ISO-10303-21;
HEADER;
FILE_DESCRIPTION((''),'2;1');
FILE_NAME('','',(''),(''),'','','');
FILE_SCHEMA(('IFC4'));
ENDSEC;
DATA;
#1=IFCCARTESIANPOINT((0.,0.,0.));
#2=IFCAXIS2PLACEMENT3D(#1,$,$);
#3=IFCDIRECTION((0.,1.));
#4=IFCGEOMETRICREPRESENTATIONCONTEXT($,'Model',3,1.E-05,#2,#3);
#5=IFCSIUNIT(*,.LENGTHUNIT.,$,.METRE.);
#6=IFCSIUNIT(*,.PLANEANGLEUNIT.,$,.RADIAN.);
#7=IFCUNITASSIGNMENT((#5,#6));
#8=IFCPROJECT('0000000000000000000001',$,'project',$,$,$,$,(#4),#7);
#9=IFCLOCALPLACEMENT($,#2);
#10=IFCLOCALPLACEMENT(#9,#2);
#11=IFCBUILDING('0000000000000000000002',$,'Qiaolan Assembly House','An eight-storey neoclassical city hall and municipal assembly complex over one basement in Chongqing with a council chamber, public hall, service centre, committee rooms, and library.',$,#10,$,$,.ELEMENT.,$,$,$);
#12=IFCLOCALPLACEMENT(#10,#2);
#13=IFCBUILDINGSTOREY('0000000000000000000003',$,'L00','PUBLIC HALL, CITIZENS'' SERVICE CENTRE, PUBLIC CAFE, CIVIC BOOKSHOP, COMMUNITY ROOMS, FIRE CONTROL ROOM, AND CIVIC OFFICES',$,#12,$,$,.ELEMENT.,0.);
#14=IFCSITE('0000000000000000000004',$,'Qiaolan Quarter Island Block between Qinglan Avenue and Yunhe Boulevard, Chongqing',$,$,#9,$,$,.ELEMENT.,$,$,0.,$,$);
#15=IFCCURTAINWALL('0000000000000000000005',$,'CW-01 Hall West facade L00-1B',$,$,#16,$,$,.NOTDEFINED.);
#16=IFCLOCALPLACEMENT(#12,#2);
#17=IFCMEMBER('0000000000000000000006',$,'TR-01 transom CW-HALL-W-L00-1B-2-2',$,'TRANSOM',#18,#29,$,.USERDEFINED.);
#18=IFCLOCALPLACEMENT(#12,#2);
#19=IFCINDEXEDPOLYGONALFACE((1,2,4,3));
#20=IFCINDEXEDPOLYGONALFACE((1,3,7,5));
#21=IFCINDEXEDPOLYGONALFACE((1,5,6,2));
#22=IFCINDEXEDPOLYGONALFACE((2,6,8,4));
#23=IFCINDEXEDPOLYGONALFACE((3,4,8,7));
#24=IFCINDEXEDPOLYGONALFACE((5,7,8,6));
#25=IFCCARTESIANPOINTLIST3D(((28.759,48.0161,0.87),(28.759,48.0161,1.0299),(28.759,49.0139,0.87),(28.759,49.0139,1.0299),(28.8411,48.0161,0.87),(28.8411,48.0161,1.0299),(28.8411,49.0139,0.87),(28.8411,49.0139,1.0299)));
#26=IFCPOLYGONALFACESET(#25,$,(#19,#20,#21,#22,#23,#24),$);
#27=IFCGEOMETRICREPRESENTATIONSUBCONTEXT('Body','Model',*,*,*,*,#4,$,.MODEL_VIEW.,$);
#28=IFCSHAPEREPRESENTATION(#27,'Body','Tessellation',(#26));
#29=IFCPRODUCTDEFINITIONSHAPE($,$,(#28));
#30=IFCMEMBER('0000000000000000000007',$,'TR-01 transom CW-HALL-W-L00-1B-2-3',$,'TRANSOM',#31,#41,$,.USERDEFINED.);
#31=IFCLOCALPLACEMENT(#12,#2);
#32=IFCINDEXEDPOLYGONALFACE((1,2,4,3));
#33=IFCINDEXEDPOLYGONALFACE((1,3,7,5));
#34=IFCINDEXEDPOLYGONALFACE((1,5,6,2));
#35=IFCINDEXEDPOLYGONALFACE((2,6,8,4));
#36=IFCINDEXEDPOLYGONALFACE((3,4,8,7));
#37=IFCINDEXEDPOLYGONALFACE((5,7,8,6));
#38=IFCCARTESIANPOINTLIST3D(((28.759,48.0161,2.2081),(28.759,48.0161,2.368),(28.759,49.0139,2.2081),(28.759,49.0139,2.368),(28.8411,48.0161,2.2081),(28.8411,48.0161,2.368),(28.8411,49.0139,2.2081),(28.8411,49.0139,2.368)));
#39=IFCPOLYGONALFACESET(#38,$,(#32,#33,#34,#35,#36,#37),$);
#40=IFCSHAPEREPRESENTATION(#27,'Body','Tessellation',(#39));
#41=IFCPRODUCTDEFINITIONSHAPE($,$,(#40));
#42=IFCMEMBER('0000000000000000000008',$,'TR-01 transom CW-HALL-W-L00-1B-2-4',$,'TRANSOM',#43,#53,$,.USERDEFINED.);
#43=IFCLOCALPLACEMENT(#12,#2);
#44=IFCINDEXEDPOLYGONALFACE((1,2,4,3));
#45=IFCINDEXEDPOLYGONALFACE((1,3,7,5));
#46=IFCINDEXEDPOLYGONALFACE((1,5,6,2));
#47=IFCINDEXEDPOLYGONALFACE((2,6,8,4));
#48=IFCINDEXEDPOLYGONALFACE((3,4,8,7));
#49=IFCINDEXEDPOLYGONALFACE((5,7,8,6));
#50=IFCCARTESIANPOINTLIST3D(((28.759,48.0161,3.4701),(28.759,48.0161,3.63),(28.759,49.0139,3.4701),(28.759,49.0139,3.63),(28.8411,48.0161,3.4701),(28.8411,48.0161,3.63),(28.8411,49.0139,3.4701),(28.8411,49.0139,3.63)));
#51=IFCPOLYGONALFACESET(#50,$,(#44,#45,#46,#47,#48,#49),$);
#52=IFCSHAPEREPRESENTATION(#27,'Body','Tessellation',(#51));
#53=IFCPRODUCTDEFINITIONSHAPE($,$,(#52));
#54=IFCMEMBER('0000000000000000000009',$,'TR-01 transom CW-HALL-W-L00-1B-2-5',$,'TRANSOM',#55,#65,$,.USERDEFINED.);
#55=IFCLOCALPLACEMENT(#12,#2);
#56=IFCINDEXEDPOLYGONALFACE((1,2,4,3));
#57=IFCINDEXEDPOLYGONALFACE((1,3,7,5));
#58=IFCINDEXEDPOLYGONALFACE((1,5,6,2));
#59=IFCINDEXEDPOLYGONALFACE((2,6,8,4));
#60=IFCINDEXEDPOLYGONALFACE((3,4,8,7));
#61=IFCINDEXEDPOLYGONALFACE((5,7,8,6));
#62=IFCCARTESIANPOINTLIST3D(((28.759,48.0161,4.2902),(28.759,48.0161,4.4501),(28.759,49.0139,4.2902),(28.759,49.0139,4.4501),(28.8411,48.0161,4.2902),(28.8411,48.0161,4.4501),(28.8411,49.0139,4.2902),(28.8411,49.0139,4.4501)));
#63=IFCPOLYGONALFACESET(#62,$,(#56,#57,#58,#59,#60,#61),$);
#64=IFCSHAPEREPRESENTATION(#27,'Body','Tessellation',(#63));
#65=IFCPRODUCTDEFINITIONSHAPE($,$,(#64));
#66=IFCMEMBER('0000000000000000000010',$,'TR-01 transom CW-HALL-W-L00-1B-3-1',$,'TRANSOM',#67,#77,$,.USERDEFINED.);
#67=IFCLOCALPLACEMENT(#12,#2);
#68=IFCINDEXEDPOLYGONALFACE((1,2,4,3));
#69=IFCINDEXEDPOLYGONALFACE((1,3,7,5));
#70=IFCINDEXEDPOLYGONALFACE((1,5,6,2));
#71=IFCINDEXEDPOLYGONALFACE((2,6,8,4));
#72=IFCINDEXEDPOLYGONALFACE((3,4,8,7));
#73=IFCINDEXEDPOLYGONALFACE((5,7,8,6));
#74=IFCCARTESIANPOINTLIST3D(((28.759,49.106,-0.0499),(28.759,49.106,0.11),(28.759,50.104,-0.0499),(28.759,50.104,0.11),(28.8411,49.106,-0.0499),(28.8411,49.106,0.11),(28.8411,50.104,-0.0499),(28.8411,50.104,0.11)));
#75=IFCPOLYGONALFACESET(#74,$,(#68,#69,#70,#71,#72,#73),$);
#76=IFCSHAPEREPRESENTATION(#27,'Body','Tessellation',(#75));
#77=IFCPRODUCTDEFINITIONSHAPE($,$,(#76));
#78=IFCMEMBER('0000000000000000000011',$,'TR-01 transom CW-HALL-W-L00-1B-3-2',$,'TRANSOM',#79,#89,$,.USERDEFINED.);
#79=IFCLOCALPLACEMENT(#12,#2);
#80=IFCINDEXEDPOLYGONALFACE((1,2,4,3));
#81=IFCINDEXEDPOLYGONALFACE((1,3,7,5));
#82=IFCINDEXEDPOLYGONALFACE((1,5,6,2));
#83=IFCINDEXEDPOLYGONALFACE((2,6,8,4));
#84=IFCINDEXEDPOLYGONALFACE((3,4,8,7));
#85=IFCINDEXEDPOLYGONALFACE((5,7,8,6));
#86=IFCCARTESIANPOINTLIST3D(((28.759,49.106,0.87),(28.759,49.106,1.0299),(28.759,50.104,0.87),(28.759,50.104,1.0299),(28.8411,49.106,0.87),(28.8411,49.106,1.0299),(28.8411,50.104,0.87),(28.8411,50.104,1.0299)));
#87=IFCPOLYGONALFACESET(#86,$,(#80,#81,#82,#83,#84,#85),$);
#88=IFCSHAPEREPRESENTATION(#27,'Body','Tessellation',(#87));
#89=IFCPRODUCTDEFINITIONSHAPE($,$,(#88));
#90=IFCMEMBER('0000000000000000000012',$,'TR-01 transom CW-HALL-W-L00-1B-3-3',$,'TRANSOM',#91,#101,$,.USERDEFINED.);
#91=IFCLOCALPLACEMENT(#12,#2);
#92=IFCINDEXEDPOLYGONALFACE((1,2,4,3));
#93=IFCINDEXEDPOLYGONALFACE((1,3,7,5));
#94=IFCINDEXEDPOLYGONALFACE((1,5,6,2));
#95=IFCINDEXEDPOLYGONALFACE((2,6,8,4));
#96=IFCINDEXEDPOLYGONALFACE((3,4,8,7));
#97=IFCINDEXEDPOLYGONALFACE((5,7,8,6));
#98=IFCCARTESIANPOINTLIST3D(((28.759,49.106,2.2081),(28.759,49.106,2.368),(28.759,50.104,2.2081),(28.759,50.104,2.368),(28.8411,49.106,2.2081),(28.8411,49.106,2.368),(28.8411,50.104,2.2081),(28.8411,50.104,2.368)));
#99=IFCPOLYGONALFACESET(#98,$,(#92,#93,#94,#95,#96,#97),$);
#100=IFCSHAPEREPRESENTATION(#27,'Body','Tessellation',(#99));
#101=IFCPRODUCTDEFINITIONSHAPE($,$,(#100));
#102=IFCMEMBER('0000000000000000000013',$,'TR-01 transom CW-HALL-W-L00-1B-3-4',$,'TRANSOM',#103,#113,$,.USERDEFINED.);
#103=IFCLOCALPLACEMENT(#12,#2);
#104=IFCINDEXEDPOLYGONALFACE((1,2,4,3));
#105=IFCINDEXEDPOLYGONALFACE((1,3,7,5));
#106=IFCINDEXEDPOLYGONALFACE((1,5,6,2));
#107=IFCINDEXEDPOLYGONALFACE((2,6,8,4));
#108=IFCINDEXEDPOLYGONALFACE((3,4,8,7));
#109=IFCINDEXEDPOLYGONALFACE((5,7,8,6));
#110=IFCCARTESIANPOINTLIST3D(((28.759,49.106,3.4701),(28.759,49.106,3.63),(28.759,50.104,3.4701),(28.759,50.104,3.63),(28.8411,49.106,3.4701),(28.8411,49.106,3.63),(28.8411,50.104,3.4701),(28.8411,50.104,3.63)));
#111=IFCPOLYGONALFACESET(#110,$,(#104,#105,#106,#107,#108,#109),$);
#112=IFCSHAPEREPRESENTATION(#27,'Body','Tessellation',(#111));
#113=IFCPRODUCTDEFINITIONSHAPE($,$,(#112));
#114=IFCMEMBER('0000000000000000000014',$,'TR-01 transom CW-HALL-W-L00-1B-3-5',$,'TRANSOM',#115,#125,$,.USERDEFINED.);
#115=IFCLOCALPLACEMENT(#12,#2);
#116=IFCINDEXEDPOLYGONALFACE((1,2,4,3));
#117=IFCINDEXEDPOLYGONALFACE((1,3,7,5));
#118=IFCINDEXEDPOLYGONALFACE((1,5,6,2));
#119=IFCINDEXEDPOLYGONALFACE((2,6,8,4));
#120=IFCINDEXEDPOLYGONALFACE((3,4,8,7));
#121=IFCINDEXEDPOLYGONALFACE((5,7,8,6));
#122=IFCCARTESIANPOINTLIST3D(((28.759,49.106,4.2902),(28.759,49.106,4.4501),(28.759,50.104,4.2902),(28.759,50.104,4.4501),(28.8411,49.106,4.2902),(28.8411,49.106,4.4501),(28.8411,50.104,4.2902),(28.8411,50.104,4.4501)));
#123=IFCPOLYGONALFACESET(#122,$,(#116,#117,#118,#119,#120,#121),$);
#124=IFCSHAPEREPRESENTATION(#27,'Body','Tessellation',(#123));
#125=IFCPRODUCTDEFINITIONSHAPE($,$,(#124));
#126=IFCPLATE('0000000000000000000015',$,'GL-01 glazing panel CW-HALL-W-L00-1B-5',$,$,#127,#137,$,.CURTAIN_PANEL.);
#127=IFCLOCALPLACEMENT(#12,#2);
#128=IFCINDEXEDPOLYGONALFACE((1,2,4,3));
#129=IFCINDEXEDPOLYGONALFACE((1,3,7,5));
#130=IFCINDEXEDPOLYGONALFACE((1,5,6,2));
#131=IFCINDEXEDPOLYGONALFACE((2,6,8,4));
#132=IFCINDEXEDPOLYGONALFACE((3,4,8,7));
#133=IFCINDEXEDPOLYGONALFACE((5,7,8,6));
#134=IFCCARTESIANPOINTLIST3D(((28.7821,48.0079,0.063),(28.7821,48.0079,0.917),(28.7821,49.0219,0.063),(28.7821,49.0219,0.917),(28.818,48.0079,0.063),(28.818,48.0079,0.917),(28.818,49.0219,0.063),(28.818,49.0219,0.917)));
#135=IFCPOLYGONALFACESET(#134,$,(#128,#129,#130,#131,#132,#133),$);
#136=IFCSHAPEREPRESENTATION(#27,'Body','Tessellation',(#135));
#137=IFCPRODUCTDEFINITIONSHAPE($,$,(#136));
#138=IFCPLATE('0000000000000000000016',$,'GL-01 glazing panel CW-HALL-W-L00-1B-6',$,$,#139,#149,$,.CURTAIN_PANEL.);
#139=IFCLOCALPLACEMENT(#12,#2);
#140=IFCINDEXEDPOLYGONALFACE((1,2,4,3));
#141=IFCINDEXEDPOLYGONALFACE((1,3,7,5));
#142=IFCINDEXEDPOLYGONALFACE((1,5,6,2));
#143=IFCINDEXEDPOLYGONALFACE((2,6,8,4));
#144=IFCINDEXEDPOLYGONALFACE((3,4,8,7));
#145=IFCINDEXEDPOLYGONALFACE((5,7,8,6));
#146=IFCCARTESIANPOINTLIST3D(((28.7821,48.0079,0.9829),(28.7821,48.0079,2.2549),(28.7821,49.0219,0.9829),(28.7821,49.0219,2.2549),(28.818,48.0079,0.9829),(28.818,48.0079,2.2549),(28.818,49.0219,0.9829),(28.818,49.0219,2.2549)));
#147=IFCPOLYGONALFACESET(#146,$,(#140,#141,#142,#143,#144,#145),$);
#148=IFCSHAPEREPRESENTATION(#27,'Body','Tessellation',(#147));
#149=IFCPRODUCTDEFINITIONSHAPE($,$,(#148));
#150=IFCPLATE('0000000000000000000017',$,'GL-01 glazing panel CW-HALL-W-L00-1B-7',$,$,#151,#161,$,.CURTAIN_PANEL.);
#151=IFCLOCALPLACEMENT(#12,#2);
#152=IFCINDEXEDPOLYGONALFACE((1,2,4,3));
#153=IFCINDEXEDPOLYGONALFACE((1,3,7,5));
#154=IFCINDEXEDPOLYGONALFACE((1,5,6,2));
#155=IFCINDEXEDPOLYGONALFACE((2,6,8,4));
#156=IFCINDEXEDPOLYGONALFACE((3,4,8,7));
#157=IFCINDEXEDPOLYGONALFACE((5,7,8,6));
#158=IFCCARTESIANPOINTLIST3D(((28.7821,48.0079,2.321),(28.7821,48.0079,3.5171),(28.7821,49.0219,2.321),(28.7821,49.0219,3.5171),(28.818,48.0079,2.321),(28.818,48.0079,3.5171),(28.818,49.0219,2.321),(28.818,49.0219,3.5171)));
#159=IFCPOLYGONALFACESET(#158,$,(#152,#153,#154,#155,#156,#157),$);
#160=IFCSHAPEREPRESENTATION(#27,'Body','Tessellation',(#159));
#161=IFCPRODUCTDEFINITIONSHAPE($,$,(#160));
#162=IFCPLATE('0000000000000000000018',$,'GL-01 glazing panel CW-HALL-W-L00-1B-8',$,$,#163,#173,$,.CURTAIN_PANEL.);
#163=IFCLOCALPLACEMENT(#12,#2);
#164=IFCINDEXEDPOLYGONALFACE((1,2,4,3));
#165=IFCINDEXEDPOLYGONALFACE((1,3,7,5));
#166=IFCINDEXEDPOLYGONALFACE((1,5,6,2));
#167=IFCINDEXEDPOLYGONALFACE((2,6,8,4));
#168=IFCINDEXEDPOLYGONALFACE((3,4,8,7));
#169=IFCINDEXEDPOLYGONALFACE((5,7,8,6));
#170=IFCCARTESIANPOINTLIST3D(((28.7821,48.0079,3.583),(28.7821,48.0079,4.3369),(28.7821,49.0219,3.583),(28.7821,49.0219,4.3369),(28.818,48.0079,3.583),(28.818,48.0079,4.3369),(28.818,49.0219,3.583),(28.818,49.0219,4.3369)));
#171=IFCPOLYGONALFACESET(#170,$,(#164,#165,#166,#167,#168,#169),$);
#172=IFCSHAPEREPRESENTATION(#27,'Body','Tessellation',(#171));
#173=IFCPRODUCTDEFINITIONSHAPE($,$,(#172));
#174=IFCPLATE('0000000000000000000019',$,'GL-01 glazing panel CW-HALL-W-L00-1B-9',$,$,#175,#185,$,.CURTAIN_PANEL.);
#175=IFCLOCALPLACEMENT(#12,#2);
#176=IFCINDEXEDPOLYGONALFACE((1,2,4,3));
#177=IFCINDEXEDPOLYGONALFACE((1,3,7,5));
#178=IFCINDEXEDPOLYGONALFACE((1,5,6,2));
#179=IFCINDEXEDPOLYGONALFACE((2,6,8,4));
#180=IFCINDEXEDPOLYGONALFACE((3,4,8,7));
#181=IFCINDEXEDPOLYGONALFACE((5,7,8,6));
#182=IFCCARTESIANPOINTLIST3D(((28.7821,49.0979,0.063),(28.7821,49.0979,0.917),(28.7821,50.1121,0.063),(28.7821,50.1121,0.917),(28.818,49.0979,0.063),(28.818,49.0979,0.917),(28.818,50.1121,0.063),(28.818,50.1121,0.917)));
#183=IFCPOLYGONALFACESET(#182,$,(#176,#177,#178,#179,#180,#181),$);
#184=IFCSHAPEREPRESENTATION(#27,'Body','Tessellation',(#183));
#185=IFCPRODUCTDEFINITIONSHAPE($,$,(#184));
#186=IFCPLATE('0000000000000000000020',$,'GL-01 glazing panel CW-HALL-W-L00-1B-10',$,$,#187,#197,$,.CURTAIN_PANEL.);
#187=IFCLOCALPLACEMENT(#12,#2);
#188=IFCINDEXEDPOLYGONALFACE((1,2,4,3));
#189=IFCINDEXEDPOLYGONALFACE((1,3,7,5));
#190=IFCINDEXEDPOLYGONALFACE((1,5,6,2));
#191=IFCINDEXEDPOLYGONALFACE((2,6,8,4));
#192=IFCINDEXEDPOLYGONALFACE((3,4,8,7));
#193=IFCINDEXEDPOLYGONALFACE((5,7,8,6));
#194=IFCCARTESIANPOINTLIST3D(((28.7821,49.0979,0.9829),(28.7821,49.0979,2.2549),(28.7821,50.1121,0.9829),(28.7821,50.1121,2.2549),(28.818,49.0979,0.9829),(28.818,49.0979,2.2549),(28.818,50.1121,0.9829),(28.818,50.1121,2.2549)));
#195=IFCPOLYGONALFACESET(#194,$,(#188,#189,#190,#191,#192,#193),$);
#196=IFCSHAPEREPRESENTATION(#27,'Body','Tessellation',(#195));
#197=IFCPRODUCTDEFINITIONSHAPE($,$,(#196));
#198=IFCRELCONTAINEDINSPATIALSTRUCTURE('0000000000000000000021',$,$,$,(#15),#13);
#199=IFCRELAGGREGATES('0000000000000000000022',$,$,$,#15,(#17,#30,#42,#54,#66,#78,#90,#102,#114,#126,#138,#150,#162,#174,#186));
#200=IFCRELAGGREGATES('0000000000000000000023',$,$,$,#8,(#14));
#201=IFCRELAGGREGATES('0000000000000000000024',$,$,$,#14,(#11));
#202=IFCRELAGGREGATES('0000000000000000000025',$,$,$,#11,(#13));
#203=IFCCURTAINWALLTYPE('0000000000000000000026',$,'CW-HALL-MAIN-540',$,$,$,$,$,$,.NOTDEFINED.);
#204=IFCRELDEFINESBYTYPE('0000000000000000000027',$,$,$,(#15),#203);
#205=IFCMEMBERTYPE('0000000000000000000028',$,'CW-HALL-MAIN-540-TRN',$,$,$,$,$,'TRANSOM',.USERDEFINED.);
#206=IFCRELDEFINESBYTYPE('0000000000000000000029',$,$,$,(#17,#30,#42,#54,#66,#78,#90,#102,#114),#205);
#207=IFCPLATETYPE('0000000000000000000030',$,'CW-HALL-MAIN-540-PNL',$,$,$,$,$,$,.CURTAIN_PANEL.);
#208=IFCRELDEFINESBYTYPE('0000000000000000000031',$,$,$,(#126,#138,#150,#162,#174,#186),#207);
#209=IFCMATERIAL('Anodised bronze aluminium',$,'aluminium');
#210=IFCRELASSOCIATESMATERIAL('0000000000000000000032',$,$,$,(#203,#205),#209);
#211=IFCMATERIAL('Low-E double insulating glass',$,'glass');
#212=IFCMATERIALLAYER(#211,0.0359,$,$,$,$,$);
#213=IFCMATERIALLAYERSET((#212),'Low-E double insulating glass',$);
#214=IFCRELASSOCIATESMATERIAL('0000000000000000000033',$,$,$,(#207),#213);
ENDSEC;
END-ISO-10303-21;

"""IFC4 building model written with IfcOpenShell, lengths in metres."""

from ifc_helpers import new_model, si_unit, direction, frame, frame_2d, origin, origin_2d, place, context, subcontext, project, spatial, rectangle, extrude, material, layer, layer_set, material_profile, profile_set, type_object, element, aggregate, save


model = new_model("IFC4")

# Units and contexts
model_context = context("Model", 3, precision=1e-05, world=origin(), true_north=direction((0.0, 1.0)))
body_context = subcontext(model_context, "Body", "Model", "MODEL_VIEW")
ifc_project = project(units=[si_unit("LENGTHUNIT", "METRE"), si_unit("PLANEANGLEUNIT", "RADIAN")], contexts=[model_context])

# Site, building, storey
site_placement = place(None, origin())
site = spatial("IfcSite", under=ifc_project, at=site_placement, Name="Qiaolan Quarter Island Block between Qinglan Avenue and Yunhe Boulevard, Chongqing", CompositionType="ELEMENT", RefElevation=0.0)
building_placement = place(site_placement, origin())
building = spatial("IfcBuilding", under=site, at=building_placement, Name="Qiaolan Assembly House", Description="An eight-storey neoclassical city hall and municipal assembly complex over one basement in Chongqing with a council chamber, public hall, service centre, committee rooms, and library.", CompositionType="ELEMENT")
storey_placement = place(building_placement, origin())
storey = spatial("IfcBuildingStorey", under=building, at=storey_placement, Name="L00", Description="PUBLIC HALL, CITIZENS' SERVICE CENTRE, PUBLIC CAFE, CIVIC BOOKSHOP, COMMUNITY ROOMS, FIRE CONTROL ROOM, AND CIVIC OFFICES", CompositionType="ELEMENT", Elevation=0.0)

# Curtain wall, members, plates
ifc_material_1 = material(Name="Anodised bronze aluminium", Category="aluminium")
curtain_wall_type = type_object("IfcCurtainWallType", Name="CW-HALL-MAIN-540", PredefinedType="NOTDEFINED", material=ifc_material_1)
curtain_wall_placement = place(storey_placement, origin())
curtain_wall = element("IfcCurtainWall", 1, at=curtain_wall_placement, inside=storey, type_object=curtain_wall_type, Name="CW-01 Hall West facade L00-1B", PredefinedType="NOTDEFINED")
ifc_material_profile_1 = material_profile(ifc_material_1, rectangle(XDim=0.082, YDim=0.1599, at=origin_2d()), Name="TRN 82x160")
ifc_profile_set_1 = profile_set([ifc_material_profile_1], Name="Anodised bronze aluminium")
member_type_1 = type_object("IfcMemberType", Name="CW-HALL-MAIN-540-TRN", ElementType="TRANSOM", PredefinedType="USERDEFINED", material=ifc_profile_set_1)
member_1_placement = place(storey_placement, frame((28.8, 48.0161, 0.95), z_axis=(0.0, 1.0, 0.0), x_axis=(-1.0, 0.0, 0.0)))
member_1 = element("IfcMember", 2, at=member_1_placement, type_object=member_type_1, Name="TR-01 transom CW-HALL-W-L00-1B-2-2", ObjectType="TRANSOM", PredefinedType="USERDEFINED", context=body_context, shape_type="SweptSolid", body=[
    extrude(rectangle(XDim=0.082, YDim=0.1599, at=origin_2d()), origin(), (0.0, 0.0, 1.0), 0.9978),
])
member_2_placement = place(storey_placement, frame((28.8, 48.0161, 2.2881), z_axis=(0.0, 1.0, 0.0), x_axis=(-1.0, 0.0, 0.0)))
member_2 = element("IfcMember", 3, at=member_2_placement, type_object=member_type_1, Name="TR-01 transom CW-HALL-W-L00-1B-2-3", ObjectType="TRANSOM", PredefinedType="USERDEFINED", context=body_context, shape_type="SweptSolid", body=[
    extrude(rectangle(XDim=0.082, YDim=0.1599, at=origin_2d()), origin(), (0.0, 0.0, 1.0), 0.9978),
])
member_3_placement = place(storey_placement, frame((28.8, 48.0161, 3.55), z_axis=(0.0, 1.0, 0.0), x_axis=(-1.0, 0.0, 0.0)))
member_3 = element("IfcMember", 4, at=member_3_placement, type_object=member_type_1, Name="TR-01 transom CW-HALL-W-L00-1B-2-4", ObjectType="TRANSOM", PredefinedType="USERDEFINED", context=body_context, shape_type="SweptSolid", body=[
    extrude(rectangle(XDim=0.082, YDim=0.1599, at=origin_2d()), origin(), (0.0, 0.0, 1.0), 0.9978),
])
member_4_placement = place(storey_placement, frame((28.8, 48.0161, 4.3701), z_axis=(0.0, 1.0, 0.0), x_axis=(-1.0, 0.0, 0.0)))
member_4 = element("IfcMember", 5, at=member_4_placement, type_object=member_type_1, Name="TR-01 transom CW-HALL-W-L00-1B-2-5", ObjectType="TRANSOM", PredefinedType="USERDEFINED", context=body_context, shape_type="SweptSolid", body=[
    extrude(rectangle(XDim=0.082, YDim=0.1599, at=origin_2d()), origin(), (0.0, 0.0, 1.0), 0.9978),
])
member_5_placement = place(storey_placement, frame((28.8, 49.106, 0.03), z_axis=(0.0, 1.0, 0.0), x_axis=(-1.0, 0.0, 0.0)))
member_5 = element("IfcMember", 6, at=member_5_placement, type_object=member_type_1, Name="TR-01 transom CW-HALL-W-L00-1B-3-1", ObjectType="TRANSOM", PredefinedType="USERDEFINED", context=body_context, shape_type="SweptSolid", body=[
    extrude(rectangle(XDim=0.082, YDim=0.1599, at=origin_2d()), origin(), (0.0, 0.0, 1.0), 0.998),
])
member_6_placement = place(storey_placement, frame((28.8, 49.106, 0.95), z_axis=(0.0, 1.0, 0.0), x_axis=(-1.0, 0.0, 0.0)))
member_6 = element("IfcMember", 7, at=member_6_placement, type_object=member_type_1, Name="TR-01 transom CW-HALL-W-L00-1B-3-2", ObjectType="TRANSOM", PredefinedType="USERDEFINED", context=body_context, shape_type="SweptSolid", body=[
    extrude(rectangle(XDim=0.082, YDim=0.1599, at=origin_2d()), origin(), (0.0, 0.0, 1.0), 0.998),
])
member_7_placement = place(storey_placement, frame((28.8, 49.106, 2.2881), z_axis=(0.0, 1.0, 0.0), x_axis=(-1.0, 0.0, 0.0)))
member_7 = element("IfcMember", 8, at=member_7_placement, type_object=member_type_1, Name="TR-01 transom CW-HALL-W-L00-1B-3-3", ObjectType="TRANSOM", PredefinedType="USERDEFINED", context=body_context, shape_type="SweptSolid", body=[
    extrude(rectangle(XDim=0.082, YDim=0.1599, at=origin_2d()), origin(), (0.0, 0.0, 1.0), 0.998),
])
member_8_placement = place(storey_placement, frame((28.8, 49.106, 3.55), z_axis=(0.0, 1.0, 0.0), x_axis=(-1.0, 0.0, 0.0)))
member_8 = element("IfcMember", 9, at=member_8_placement, type_object=member_type_1, Name="TR-01 transom CW-HALL-W-L00-1B-3-4", ObjectType="TRANSOM", PredefinedType="USERDEFINED", context=body_context, shape_type="SweptSolid", body=[
    extrude(rectangle(XDim=0.082, YDim=0.1599, at=origin_2d()), origin(), (0.0, 0.0, 1.0), 0.998),
])
member_9_placement = place(storey_placement, frame((28.8, 49.106, 4.3701), z_axis=(0.0, 1.0, 0.0), x_axis=(-1.0, 0.0, 0.0)))
member_9 = element("IfcMember", 10, at=member_9_placement, type_object=member_type_1, Name="TR-01 transom CW-HALL-W-L00-1B-3-5", ObjectType="TRANSOM", PredefinedType="USERDEFINED", context=body_context, shape_type="SweptSolid", body=[
    extrude(rectangle(XDim=0.082, YDim=0.1599, at=origin_2d()), origin(), (0.0, 0.0, 1.0), 0.998),
])
ifc_material_2 = material(Name="Low-E double insulating glass", Category="glass")
ifc_layer = layer(ifc_material_2, 0.0359)
ifc_layer_set = layer_set([ifc_layer], Name="Low-E double insulating glass")
plate_type = type_object("IfcPlateType", Name="CW-HALL-MAIN-540-PNL", PredefinedType="CURTAIN_PANEL", material=ifc_layer_set)
plate_1_placement = place(storey_placement, frame((28.8, 48.0081, 0.063), z_axis=(0.0, 0.0, 1.0), x_axis=(0.0, 1.0, 0.0)))
plate_1 = element("IfcPlate", 11, at=plate_1_placement, type_object=plate_type, Name="GL-01 glazing panel CW-HALL-W-L00-1B-5", PredefinedType="CURTAIN_PANEL", context=body_context, shape_type="SweptSolid", body=[
    extrude(rectangle(XDim=1.0139, YDim=0.0359, at=frame_2d((0.5068, 0.0))), origin(), (0.0, 0.0, 1.0), 0.854),
])
plate_2_placement = place(storey_placement, frame((28.8, 48.0081, 0.9829), z_axis=(0.0, 0.0, 1.0), x_axis=(0.0, 1.0, 0.0)))
plate_2 = element("IfcPlate", 12, at=plate_2_placement, type_object=plate_type, Name="GL-01 glazing panel CW-HALL-W-L00-1B-6", PredefinedType="CURTAIN_PANEL", context=body_context, shape_type="SweptSolid", body=[
    extrude(rectangle(XDim=1.0139, YDim=0.0359, at=frame_2d((0.5068, 0.0))), origin(), (0.0, 0.0, 1.0), 1.272),
])
plate_3_placement = place(storey_placement, frame((28.8, 48.0081, 2.321), z_axis=(0.0, 0.0, 1.0), x_axis=(0.0, 1.0, 0.0)))
plate_3 = element("IfcPlate", 13, at=plate_3_placement, type_object=plate_type, Name="GL-01 glazing panel CW-HALL-W-L00-1B-7", PredefinedType="CURTAIN_PANEL", context=body_context, shape_type="SweptSolid", body=[
    extrude(rectangle(XDim=1.0139, YDim=0.0359, at=frame_2d((0.5068, 0.0))), origin(), (0.0, 0.0, 1.0), 1.196),
])
plate_4_placement = place(storey_placement, frame((28.8, 48.0081, 3.583), z_axis=(0.0, 0.0, 1.0), x_axis=(0.0, 1.0, 0.0)))
plate_4 = element("IfcPlate", 14, at=plate_4_placement, type_object=plate_type, Name="GL-01 glazing panel CW-HALL-W-L00-1B-8", PredefinedType="CURTAIN_PANEL", context=body_context, shape_type="SweptSolid", body=[
    extrude(rectangle(XDim=1.0139, YDim=0.0359, at=frame_2d((0.5068, 0.0))), origin(), (0.0, 0.0, 1.0), 0.7539),
])
plate_5_placement = place(storey_placement, frame((28.8, 49.0979, 0.063), z_axis=(0.0, 0.0, 1.0), x_axis=(0.0, 1.0, 0.0)))
plate_5 = element("IfcPlate", 15, at=plate_5_placement, type_object=plate_type, Name="GL-01 glazing panel CW-HALL-W-L00-1B-9", PredefinedType="CURTAIN_PANEL", context=body_context, shape_type="SweptSolid", body=[
    extrude(rectangle(XDim=1.0142, YDim=0.0359, at=frame_2d((0.5071, 0.0))), origin(), (0.0, 0.0, 1.0), 0.854),
])
plate_6_placement = place(storey_placement, frame((28.8, 49.0979, 0.9829), z_axis=(0.0, 0.0, 1.0), x_axis=(0.0, 1.0, 0.0)))
plate_6 = element("IfcPlate", 16, at=plate_6_placement, type_object=plate_type, Name="GL-01 glazing panel CW-HALL-W-L00-1B-10", PredefinedType="CURTAIN_PANEL", context=body_context, shape_type="SweptSolid", body=[
    extrude(rectangle(XDim=1.0142, YDim=0.0359, at=frame_2d((0.5071, 0.0))), origin(), (0.0, 0.0, 1.0), 1.272),
])
aggregate(curtain_wall, [member_1, member_2, member_3, member_4, member_5, member_6, member_7, member_8, member_9, plate_1, plate_2, plate_3, plate_4, plate_5, plate_6])

save(model, "model.ifc")
